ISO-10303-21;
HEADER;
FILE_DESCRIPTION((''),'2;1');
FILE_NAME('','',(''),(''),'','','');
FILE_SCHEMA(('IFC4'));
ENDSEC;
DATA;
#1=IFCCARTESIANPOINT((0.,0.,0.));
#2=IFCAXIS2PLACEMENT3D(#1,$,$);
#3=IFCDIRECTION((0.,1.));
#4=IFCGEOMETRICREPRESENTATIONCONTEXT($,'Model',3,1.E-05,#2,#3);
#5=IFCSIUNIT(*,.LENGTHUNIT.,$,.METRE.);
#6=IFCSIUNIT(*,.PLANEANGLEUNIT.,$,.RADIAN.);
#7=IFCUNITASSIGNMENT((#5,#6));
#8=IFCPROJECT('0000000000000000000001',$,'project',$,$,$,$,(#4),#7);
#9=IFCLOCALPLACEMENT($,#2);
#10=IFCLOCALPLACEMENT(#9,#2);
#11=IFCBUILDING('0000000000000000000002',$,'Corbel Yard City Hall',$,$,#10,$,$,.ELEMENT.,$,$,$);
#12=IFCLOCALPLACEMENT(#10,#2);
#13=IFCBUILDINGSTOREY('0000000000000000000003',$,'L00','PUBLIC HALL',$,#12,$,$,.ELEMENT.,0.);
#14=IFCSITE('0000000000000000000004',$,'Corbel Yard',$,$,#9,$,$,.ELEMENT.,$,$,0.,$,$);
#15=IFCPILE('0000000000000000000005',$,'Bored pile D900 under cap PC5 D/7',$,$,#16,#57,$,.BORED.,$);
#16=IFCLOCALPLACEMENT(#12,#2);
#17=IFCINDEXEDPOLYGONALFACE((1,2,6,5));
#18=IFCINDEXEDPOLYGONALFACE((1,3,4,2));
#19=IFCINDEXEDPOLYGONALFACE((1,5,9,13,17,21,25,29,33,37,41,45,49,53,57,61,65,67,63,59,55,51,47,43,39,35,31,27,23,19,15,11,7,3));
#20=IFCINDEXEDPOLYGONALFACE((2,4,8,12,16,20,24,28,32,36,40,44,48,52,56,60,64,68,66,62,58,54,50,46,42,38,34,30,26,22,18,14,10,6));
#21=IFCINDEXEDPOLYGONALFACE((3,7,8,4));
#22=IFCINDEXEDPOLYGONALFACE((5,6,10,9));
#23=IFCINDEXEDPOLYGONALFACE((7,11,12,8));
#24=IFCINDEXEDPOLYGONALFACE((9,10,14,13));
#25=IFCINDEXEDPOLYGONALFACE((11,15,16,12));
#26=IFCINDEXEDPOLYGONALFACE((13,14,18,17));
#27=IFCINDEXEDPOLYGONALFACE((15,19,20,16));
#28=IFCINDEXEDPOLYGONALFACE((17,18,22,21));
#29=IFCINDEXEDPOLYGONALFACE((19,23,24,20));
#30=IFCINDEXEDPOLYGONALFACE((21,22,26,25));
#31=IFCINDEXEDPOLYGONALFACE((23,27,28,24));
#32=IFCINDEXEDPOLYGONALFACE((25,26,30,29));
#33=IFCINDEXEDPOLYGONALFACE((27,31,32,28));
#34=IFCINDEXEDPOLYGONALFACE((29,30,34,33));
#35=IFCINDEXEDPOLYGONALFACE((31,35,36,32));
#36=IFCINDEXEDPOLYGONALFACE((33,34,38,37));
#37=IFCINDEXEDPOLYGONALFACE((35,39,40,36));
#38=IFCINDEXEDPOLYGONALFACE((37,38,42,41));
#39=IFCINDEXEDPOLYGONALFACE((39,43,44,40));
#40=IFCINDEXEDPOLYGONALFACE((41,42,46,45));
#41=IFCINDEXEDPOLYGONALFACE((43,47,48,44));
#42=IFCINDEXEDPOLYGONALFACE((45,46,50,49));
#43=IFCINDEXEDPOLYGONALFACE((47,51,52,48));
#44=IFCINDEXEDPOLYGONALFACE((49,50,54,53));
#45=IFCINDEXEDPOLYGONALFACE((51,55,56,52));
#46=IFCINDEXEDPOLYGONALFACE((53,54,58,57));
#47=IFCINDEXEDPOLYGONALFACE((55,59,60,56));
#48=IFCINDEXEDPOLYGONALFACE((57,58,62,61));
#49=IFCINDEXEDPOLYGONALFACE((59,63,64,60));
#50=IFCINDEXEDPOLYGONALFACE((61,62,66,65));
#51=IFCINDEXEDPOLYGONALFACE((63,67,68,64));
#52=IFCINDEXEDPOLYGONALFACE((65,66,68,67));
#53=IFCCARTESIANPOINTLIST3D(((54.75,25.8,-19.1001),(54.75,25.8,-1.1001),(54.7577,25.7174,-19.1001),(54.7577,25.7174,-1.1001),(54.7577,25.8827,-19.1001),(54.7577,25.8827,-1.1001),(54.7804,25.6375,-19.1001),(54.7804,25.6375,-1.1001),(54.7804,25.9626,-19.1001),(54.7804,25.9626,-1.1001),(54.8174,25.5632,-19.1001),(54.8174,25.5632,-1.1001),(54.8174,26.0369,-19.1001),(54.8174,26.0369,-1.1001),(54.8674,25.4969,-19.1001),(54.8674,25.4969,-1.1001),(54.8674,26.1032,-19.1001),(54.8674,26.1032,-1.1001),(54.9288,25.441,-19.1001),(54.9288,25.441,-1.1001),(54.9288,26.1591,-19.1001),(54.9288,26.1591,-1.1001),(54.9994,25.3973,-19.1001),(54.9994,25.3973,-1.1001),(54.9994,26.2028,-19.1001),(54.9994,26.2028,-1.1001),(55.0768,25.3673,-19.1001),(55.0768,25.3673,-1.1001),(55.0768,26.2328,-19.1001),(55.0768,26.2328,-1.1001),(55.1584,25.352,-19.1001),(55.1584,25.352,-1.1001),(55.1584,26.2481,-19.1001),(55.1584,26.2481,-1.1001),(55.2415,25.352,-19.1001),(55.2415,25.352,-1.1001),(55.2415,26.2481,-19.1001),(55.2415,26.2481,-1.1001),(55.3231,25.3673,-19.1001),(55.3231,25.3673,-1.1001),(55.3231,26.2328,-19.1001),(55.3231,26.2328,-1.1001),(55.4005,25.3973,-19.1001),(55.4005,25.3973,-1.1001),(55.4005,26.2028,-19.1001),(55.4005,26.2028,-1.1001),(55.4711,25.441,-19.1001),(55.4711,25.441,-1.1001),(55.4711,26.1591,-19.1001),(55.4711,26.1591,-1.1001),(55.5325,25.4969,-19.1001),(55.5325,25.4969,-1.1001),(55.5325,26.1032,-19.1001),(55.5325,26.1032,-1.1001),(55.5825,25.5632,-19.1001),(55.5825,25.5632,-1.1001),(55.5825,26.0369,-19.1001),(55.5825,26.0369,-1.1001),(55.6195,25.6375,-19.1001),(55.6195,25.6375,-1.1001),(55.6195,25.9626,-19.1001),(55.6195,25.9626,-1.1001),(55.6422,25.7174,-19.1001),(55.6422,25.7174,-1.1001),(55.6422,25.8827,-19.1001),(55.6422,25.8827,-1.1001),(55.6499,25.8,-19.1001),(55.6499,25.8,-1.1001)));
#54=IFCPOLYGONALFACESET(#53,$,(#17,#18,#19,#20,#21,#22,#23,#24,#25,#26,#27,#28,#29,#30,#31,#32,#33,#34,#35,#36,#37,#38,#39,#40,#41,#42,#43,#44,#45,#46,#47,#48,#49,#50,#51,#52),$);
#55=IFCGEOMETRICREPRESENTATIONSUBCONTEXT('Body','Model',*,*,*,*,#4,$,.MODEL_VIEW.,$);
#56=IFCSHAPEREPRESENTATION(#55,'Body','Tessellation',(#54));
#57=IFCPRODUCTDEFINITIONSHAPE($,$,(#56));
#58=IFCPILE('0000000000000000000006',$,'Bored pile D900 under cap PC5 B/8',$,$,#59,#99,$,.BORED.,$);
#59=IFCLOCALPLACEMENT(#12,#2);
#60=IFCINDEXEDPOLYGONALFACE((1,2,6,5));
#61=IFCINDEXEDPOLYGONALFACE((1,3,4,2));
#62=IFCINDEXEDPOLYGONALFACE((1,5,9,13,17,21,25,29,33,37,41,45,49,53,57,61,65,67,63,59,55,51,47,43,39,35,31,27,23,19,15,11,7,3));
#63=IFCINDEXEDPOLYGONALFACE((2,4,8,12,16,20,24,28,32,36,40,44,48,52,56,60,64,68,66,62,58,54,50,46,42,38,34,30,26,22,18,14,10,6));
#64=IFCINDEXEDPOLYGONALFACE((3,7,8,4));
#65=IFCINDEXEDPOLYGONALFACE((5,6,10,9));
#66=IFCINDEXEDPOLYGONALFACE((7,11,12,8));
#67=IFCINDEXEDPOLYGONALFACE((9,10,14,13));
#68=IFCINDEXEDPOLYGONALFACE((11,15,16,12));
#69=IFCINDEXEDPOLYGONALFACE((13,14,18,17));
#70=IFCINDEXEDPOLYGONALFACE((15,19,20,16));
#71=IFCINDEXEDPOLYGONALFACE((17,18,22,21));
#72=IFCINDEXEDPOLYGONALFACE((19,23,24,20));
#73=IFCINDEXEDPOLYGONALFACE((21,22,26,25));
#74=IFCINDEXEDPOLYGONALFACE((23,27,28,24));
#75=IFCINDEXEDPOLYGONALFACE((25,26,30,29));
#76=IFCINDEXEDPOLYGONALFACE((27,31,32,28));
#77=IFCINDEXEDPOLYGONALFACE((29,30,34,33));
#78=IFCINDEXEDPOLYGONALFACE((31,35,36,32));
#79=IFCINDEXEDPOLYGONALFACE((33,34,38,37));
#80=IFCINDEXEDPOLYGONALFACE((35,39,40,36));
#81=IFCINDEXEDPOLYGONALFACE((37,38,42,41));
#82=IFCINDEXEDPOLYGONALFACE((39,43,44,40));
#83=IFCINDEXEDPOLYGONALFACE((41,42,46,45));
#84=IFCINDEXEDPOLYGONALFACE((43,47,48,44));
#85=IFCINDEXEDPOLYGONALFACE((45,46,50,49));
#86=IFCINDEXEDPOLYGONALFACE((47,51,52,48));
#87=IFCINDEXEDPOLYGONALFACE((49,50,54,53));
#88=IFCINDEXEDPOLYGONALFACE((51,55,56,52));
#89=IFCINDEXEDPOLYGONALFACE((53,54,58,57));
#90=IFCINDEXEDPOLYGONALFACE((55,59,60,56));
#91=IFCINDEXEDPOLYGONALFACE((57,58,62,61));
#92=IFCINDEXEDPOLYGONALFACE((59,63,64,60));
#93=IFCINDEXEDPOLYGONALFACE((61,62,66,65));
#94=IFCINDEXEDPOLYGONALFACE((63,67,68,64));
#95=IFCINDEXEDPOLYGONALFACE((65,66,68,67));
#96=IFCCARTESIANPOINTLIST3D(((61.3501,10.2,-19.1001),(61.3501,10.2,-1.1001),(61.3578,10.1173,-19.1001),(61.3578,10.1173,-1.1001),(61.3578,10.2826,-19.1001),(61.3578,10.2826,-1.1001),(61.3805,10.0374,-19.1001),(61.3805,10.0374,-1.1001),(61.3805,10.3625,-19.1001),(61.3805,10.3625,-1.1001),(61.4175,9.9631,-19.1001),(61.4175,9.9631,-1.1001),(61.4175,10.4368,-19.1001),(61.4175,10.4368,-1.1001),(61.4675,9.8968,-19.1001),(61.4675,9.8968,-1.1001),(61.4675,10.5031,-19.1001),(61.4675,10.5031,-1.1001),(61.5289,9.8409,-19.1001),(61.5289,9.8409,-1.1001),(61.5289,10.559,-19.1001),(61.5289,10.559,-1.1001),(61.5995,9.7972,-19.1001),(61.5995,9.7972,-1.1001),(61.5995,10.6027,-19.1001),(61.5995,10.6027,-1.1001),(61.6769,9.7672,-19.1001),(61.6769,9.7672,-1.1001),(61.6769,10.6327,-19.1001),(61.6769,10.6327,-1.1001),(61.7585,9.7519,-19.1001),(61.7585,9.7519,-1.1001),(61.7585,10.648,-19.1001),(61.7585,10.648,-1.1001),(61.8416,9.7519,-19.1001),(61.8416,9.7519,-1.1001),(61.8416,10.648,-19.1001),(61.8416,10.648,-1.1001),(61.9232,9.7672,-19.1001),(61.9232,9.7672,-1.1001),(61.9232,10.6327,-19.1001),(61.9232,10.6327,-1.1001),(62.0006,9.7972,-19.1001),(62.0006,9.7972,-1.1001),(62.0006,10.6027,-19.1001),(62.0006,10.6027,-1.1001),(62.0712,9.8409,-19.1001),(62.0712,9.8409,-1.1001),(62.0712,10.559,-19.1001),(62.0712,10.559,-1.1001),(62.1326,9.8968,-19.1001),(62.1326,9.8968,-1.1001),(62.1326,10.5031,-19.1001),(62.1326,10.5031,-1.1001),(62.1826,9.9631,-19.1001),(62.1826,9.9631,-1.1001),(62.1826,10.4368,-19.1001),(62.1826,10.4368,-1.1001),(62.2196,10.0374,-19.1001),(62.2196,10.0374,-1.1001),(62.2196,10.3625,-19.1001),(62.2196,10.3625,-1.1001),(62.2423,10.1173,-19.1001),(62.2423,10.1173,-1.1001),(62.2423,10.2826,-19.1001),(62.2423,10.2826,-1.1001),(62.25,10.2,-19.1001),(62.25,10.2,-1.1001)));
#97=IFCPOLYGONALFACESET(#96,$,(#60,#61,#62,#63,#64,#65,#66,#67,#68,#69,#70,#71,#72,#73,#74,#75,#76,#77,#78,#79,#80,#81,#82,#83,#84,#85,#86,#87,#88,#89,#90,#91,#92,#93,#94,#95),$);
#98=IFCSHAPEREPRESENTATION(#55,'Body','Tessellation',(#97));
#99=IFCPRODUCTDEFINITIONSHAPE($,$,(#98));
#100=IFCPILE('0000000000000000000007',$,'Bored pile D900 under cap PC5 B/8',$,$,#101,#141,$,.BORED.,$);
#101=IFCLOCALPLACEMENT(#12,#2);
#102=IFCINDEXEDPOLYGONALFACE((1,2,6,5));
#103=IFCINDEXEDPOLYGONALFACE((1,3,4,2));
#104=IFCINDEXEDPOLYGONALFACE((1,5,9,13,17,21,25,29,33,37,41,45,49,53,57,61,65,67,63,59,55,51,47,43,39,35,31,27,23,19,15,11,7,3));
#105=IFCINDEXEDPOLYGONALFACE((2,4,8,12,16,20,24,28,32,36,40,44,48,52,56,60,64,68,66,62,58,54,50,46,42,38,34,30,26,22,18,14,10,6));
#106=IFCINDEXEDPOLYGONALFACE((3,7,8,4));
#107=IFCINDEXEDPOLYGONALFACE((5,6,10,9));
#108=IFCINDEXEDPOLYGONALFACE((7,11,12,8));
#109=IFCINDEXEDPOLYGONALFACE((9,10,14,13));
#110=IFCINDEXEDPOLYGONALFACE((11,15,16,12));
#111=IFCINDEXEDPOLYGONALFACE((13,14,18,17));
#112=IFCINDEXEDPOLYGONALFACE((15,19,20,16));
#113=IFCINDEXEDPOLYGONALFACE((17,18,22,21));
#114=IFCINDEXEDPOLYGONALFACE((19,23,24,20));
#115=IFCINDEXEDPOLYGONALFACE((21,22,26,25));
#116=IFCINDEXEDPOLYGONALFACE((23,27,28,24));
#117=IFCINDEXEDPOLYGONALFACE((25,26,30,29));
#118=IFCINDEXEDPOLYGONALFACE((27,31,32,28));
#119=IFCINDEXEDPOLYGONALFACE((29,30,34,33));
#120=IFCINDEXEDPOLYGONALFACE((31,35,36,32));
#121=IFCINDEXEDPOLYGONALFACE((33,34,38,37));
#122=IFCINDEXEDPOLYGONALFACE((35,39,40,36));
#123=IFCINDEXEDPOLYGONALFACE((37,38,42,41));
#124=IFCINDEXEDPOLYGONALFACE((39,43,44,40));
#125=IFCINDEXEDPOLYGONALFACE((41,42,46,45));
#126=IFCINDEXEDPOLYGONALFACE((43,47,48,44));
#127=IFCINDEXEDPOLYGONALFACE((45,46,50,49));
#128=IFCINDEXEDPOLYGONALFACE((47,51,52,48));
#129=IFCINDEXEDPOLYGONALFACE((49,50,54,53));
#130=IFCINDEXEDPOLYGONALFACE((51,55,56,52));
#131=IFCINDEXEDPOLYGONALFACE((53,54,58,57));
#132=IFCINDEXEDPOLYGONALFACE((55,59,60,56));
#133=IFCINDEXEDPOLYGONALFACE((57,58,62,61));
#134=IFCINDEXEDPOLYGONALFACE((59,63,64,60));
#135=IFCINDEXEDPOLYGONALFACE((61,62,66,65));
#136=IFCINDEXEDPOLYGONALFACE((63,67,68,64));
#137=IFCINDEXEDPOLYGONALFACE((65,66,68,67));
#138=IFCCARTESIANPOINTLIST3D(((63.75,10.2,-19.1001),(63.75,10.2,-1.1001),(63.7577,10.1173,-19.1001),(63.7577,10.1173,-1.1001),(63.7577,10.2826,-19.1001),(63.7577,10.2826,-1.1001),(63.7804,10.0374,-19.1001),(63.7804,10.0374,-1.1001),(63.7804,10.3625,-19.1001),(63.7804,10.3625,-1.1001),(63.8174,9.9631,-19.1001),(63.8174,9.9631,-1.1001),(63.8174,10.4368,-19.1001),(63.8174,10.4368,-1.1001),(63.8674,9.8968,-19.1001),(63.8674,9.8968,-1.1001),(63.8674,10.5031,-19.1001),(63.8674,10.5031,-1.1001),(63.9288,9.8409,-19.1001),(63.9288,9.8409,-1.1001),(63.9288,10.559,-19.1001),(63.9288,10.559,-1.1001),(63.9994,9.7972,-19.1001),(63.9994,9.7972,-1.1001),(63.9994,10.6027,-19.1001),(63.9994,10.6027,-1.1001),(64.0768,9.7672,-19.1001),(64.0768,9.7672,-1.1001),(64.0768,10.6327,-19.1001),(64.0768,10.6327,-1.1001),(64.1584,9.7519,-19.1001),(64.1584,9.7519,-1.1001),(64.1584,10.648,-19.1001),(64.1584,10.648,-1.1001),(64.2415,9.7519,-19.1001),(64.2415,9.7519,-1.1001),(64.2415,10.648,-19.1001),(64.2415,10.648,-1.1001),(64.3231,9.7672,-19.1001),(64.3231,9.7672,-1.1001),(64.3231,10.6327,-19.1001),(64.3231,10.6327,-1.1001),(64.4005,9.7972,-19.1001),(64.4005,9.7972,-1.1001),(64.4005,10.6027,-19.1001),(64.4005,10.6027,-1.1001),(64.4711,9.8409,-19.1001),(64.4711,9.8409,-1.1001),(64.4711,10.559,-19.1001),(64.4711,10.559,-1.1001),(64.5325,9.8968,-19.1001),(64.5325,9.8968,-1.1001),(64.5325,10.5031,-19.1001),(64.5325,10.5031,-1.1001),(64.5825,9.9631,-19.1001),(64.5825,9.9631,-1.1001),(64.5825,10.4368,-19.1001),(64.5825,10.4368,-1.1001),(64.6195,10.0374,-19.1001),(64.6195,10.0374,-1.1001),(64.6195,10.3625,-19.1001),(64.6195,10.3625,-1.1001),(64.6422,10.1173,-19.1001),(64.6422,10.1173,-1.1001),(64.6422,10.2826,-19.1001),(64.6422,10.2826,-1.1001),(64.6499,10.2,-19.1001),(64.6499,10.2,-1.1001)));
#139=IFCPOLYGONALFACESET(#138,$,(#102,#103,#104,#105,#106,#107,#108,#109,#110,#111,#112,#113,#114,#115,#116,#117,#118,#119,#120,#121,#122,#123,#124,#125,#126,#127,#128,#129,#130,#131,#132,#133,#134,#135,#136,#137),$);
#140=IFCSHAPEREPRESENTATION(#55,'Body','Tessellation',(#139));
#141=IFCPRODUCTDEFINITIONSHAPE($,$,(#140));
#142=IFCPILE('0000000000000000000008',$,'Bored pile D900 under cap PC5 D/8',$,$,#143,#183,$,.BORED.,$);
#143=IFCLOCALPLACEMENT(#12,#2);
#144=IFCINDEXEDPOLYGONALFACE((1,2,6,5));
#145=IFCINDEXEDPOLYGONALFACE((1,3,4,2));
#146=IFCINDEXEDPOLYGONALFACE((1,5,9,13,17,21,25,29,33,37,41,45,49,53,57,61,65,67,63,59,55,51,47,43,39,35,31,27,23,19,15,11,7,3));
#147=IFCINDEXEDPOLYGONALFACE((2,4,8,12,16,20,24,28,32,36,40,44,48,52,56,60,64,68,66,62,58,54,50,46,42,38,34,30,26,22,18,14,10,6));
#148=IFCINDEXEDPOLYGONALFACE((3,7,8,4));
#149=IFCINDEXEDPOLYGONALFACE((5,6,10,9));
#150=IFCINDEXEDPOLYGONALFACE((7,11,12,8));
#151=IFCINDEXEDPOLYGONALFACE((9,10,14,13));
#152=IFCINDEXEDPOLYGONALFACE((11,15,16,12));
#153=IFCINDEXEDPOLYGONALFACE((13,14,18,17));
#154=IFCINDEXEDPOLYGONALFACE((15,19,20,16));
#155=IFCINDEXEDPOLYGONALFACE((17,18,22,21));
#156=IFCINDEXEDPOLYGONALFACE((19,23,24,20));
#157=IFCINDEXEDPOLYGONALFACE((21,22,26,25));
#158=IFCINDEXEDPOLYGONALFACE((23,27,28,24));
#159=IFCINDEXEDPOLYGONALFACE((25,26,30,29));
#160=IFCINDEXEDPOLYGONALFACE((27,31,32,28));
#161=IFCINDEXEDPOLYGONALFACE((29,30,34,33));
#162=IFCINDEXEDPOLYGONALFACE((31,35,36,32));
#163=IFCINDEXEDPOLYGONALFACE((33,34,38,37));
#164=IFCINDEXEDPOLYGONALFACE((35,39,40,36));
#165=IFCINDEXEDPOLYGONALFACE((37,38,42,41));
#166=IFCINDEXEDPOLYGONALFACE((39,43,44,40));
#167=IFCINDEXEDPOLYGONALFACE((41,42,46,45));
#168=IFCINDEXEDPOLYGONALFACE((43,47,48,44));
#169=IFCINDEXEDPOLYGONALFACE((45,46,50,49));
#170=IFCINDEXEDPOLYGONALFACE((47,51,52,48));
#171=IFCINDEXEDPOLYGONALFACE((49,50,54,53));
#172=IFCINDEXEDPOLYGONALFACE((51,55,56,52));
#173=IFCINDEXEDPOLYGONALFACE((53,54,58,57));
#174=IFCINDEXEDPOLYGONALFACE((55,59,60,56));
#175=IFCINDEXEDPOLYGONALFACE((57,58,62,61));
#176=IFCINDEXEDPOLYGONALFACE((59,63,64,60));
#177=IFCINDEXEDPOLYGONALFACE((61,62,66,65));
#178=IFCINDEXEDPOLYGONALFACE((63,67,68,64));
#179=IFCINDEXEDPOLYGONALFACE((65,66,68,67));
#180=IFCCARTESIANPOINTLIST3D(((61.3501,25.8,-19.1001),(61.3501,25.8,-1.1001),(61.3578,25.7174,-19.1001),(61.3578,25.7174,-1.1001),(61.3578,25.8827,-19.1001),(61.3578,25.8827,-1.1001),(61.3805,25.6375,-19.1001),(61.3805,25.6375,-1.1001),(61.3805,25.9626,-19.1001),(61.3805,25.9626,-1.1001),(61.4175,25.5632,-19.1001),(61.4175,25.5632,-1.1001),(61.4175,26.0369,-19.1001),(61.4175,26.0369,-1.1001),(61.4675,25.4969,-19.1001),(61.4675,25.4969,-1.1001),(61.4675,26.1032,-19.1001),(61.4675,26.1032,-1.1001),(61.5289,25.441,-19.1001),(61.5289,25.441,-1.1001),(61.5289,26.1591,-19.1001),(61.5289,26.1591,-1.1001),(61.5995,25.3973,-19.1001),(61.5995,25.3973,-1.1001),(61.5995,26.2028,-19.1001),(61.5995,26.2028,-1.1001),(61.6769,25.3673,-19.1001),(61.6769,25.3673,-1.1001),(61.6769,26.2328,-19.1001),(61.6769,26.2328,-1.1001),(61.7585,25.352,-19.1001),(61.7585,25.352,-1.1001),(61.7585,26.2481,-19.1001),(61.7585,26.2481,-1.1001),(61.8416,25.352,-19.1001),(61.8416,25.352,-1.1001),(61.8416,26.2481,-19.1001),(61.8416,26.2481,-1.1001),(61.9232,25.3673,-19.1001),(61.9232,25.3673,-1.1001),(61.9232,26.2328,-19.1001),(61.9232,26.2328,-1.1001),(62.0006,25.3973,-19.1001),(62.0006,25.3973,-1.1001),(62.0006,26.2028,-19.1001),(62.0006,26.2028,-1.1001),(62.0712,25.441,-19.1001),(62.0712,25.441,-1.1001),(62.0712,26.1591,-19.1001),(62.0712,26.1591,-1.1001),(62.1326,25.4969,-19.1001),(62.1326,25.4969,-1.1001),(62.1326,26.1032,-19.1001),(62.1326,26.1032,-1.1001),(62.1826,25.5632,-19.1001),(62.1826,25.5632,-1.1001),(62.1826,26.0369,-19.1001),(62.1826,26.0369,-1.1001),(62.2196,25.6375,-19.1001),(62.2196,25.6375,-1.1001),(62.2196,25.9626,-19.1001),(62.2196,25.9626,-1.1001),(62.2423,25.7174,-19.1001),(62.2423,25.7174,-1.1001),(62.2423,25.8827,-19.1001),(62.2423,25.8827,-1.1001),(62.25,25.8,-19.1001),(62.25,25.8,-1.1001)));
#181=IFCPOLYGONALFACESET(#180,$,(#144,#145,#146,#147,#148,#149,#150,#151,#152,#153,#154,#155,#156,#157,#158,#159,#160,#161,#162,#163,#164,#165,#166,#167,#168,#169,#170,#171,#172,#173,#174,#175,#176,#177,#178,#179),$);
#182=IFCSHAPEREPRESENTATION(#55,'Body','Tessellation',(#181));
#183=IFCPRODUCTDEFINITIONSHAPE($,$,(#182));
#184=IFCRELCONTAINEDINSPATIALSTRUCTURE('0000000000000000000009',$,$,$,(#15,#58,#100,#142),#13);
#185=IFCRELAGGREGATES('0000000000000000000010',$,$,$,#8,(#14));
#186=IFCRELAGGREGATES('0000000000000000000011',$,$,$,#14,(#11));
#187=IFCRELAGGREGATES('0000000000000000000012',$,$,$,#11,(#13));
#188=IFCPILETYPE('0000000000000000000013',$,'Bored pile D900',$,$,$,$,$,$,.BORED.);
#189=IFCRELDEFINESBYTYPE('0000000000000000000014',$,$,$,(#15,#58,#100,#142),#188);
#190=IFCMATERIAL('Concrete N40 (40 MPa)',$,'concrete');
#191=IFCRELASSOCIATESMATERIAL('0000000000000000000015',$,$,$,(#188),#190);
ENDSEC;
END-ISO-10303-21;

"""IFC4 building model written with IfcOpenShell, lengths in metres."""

from ifc_helpers import new_model, si_unit, direction, frame, origin, origin_2d, place, context, subcontext, project, spatial, circle, extrude, material, material_profile, profile_set, type_object, element, save


model = new_model("IFC4")

# Units and contexts
model_context = context("Model", 3, precision=1e-05, world=origin(), true_north=direction((0.0, 1.0)))
body_context = subcontext(model_context, "Body", "Model", "MODEL_VIEW")
ifc_project = project(units=[si_unit("LENGTHUNIT", "METRE"), si_unit("PLANEANGLEUNIT", "RADIAN")], contexts=[model_context])

# Site, building, storey
site_placement = place(None, origin())
site = spatial("IfcSite", under=ifc_project, at=site_placement, Name="Corbel Yard", CompositionType="ELEMENT", RefElevation=0.0)
building_placement = place(site_placement, origin())
building = spatial("IfcBuilding", under=site, at=building_placement, Name="Corbel Yard City Hall", CompositionType="ELEMENT")
storey_placement = place(building_placement, origin())
storey = spatial("IfcBuildingStorey", under=building, at=storey_placement, Name="L00", Description="PUBLIC HALL", CompositionType="ELEMENT", Elevation=0.0)

# Piles
ifc_material_1 = material(Name="Concrete N40 (40 MPa)", Category="concrete")
ifc_material_profile_1 = material_profile(ifc_material_1, circle(Radius=0.45, at=origin_2d()), Name="D900")
ifc_profile_set_1 = profile_set([ifc_material_profile_1], Name="Concrete N40 (40 MPa)")
pile_type = type_object("IfcPileType", Name="Bored pile D900", PredefinedType="BORED", material=ifc_profile_set_1)
for number, where, z_axis, x_axis, name in (
    (1, (55.2, 25.8, -1.1001), (0.0, 0.0, -1.0), (1.0, 0.0, 0.0), "Bored pile D900 under cap PC5 D/7"),
    (2, (61.8, 10.2, -1.1001), (0.0, 0.0, -1.0), (1.0, 0.0, 0.0), "Bored pile D900 under cap PC5 B/8"),
    (3, (64.2, 10.2, -1.1001), (0.0, 0.0, -1.0), (1.0, 0.0, 0.0), "Bored pile D900 under cap PC5 B/8"),
    (4, (61.8, 25.8, -1.1001), (0.0, 0.0, -1.0), (1.0, 0.0, 0.0), "Bored pile D900 under cap PC5 D/8"),
):
    element("IfcPile", number, at=place(storey_placement, frame(where, z_axis=z_axis, x_axis=x_axis)), inside=storey, type_object=pile_type, Name=name, PredefinedType="BORED", context=body_context, shape_type="SweptSolid", body=[
        extrude(circle(Radius=0.45, at=origin_2d()), origin(), (0.0, 0.0, 1.0), 18.0),
    ])

save(model, "model.ifc")
